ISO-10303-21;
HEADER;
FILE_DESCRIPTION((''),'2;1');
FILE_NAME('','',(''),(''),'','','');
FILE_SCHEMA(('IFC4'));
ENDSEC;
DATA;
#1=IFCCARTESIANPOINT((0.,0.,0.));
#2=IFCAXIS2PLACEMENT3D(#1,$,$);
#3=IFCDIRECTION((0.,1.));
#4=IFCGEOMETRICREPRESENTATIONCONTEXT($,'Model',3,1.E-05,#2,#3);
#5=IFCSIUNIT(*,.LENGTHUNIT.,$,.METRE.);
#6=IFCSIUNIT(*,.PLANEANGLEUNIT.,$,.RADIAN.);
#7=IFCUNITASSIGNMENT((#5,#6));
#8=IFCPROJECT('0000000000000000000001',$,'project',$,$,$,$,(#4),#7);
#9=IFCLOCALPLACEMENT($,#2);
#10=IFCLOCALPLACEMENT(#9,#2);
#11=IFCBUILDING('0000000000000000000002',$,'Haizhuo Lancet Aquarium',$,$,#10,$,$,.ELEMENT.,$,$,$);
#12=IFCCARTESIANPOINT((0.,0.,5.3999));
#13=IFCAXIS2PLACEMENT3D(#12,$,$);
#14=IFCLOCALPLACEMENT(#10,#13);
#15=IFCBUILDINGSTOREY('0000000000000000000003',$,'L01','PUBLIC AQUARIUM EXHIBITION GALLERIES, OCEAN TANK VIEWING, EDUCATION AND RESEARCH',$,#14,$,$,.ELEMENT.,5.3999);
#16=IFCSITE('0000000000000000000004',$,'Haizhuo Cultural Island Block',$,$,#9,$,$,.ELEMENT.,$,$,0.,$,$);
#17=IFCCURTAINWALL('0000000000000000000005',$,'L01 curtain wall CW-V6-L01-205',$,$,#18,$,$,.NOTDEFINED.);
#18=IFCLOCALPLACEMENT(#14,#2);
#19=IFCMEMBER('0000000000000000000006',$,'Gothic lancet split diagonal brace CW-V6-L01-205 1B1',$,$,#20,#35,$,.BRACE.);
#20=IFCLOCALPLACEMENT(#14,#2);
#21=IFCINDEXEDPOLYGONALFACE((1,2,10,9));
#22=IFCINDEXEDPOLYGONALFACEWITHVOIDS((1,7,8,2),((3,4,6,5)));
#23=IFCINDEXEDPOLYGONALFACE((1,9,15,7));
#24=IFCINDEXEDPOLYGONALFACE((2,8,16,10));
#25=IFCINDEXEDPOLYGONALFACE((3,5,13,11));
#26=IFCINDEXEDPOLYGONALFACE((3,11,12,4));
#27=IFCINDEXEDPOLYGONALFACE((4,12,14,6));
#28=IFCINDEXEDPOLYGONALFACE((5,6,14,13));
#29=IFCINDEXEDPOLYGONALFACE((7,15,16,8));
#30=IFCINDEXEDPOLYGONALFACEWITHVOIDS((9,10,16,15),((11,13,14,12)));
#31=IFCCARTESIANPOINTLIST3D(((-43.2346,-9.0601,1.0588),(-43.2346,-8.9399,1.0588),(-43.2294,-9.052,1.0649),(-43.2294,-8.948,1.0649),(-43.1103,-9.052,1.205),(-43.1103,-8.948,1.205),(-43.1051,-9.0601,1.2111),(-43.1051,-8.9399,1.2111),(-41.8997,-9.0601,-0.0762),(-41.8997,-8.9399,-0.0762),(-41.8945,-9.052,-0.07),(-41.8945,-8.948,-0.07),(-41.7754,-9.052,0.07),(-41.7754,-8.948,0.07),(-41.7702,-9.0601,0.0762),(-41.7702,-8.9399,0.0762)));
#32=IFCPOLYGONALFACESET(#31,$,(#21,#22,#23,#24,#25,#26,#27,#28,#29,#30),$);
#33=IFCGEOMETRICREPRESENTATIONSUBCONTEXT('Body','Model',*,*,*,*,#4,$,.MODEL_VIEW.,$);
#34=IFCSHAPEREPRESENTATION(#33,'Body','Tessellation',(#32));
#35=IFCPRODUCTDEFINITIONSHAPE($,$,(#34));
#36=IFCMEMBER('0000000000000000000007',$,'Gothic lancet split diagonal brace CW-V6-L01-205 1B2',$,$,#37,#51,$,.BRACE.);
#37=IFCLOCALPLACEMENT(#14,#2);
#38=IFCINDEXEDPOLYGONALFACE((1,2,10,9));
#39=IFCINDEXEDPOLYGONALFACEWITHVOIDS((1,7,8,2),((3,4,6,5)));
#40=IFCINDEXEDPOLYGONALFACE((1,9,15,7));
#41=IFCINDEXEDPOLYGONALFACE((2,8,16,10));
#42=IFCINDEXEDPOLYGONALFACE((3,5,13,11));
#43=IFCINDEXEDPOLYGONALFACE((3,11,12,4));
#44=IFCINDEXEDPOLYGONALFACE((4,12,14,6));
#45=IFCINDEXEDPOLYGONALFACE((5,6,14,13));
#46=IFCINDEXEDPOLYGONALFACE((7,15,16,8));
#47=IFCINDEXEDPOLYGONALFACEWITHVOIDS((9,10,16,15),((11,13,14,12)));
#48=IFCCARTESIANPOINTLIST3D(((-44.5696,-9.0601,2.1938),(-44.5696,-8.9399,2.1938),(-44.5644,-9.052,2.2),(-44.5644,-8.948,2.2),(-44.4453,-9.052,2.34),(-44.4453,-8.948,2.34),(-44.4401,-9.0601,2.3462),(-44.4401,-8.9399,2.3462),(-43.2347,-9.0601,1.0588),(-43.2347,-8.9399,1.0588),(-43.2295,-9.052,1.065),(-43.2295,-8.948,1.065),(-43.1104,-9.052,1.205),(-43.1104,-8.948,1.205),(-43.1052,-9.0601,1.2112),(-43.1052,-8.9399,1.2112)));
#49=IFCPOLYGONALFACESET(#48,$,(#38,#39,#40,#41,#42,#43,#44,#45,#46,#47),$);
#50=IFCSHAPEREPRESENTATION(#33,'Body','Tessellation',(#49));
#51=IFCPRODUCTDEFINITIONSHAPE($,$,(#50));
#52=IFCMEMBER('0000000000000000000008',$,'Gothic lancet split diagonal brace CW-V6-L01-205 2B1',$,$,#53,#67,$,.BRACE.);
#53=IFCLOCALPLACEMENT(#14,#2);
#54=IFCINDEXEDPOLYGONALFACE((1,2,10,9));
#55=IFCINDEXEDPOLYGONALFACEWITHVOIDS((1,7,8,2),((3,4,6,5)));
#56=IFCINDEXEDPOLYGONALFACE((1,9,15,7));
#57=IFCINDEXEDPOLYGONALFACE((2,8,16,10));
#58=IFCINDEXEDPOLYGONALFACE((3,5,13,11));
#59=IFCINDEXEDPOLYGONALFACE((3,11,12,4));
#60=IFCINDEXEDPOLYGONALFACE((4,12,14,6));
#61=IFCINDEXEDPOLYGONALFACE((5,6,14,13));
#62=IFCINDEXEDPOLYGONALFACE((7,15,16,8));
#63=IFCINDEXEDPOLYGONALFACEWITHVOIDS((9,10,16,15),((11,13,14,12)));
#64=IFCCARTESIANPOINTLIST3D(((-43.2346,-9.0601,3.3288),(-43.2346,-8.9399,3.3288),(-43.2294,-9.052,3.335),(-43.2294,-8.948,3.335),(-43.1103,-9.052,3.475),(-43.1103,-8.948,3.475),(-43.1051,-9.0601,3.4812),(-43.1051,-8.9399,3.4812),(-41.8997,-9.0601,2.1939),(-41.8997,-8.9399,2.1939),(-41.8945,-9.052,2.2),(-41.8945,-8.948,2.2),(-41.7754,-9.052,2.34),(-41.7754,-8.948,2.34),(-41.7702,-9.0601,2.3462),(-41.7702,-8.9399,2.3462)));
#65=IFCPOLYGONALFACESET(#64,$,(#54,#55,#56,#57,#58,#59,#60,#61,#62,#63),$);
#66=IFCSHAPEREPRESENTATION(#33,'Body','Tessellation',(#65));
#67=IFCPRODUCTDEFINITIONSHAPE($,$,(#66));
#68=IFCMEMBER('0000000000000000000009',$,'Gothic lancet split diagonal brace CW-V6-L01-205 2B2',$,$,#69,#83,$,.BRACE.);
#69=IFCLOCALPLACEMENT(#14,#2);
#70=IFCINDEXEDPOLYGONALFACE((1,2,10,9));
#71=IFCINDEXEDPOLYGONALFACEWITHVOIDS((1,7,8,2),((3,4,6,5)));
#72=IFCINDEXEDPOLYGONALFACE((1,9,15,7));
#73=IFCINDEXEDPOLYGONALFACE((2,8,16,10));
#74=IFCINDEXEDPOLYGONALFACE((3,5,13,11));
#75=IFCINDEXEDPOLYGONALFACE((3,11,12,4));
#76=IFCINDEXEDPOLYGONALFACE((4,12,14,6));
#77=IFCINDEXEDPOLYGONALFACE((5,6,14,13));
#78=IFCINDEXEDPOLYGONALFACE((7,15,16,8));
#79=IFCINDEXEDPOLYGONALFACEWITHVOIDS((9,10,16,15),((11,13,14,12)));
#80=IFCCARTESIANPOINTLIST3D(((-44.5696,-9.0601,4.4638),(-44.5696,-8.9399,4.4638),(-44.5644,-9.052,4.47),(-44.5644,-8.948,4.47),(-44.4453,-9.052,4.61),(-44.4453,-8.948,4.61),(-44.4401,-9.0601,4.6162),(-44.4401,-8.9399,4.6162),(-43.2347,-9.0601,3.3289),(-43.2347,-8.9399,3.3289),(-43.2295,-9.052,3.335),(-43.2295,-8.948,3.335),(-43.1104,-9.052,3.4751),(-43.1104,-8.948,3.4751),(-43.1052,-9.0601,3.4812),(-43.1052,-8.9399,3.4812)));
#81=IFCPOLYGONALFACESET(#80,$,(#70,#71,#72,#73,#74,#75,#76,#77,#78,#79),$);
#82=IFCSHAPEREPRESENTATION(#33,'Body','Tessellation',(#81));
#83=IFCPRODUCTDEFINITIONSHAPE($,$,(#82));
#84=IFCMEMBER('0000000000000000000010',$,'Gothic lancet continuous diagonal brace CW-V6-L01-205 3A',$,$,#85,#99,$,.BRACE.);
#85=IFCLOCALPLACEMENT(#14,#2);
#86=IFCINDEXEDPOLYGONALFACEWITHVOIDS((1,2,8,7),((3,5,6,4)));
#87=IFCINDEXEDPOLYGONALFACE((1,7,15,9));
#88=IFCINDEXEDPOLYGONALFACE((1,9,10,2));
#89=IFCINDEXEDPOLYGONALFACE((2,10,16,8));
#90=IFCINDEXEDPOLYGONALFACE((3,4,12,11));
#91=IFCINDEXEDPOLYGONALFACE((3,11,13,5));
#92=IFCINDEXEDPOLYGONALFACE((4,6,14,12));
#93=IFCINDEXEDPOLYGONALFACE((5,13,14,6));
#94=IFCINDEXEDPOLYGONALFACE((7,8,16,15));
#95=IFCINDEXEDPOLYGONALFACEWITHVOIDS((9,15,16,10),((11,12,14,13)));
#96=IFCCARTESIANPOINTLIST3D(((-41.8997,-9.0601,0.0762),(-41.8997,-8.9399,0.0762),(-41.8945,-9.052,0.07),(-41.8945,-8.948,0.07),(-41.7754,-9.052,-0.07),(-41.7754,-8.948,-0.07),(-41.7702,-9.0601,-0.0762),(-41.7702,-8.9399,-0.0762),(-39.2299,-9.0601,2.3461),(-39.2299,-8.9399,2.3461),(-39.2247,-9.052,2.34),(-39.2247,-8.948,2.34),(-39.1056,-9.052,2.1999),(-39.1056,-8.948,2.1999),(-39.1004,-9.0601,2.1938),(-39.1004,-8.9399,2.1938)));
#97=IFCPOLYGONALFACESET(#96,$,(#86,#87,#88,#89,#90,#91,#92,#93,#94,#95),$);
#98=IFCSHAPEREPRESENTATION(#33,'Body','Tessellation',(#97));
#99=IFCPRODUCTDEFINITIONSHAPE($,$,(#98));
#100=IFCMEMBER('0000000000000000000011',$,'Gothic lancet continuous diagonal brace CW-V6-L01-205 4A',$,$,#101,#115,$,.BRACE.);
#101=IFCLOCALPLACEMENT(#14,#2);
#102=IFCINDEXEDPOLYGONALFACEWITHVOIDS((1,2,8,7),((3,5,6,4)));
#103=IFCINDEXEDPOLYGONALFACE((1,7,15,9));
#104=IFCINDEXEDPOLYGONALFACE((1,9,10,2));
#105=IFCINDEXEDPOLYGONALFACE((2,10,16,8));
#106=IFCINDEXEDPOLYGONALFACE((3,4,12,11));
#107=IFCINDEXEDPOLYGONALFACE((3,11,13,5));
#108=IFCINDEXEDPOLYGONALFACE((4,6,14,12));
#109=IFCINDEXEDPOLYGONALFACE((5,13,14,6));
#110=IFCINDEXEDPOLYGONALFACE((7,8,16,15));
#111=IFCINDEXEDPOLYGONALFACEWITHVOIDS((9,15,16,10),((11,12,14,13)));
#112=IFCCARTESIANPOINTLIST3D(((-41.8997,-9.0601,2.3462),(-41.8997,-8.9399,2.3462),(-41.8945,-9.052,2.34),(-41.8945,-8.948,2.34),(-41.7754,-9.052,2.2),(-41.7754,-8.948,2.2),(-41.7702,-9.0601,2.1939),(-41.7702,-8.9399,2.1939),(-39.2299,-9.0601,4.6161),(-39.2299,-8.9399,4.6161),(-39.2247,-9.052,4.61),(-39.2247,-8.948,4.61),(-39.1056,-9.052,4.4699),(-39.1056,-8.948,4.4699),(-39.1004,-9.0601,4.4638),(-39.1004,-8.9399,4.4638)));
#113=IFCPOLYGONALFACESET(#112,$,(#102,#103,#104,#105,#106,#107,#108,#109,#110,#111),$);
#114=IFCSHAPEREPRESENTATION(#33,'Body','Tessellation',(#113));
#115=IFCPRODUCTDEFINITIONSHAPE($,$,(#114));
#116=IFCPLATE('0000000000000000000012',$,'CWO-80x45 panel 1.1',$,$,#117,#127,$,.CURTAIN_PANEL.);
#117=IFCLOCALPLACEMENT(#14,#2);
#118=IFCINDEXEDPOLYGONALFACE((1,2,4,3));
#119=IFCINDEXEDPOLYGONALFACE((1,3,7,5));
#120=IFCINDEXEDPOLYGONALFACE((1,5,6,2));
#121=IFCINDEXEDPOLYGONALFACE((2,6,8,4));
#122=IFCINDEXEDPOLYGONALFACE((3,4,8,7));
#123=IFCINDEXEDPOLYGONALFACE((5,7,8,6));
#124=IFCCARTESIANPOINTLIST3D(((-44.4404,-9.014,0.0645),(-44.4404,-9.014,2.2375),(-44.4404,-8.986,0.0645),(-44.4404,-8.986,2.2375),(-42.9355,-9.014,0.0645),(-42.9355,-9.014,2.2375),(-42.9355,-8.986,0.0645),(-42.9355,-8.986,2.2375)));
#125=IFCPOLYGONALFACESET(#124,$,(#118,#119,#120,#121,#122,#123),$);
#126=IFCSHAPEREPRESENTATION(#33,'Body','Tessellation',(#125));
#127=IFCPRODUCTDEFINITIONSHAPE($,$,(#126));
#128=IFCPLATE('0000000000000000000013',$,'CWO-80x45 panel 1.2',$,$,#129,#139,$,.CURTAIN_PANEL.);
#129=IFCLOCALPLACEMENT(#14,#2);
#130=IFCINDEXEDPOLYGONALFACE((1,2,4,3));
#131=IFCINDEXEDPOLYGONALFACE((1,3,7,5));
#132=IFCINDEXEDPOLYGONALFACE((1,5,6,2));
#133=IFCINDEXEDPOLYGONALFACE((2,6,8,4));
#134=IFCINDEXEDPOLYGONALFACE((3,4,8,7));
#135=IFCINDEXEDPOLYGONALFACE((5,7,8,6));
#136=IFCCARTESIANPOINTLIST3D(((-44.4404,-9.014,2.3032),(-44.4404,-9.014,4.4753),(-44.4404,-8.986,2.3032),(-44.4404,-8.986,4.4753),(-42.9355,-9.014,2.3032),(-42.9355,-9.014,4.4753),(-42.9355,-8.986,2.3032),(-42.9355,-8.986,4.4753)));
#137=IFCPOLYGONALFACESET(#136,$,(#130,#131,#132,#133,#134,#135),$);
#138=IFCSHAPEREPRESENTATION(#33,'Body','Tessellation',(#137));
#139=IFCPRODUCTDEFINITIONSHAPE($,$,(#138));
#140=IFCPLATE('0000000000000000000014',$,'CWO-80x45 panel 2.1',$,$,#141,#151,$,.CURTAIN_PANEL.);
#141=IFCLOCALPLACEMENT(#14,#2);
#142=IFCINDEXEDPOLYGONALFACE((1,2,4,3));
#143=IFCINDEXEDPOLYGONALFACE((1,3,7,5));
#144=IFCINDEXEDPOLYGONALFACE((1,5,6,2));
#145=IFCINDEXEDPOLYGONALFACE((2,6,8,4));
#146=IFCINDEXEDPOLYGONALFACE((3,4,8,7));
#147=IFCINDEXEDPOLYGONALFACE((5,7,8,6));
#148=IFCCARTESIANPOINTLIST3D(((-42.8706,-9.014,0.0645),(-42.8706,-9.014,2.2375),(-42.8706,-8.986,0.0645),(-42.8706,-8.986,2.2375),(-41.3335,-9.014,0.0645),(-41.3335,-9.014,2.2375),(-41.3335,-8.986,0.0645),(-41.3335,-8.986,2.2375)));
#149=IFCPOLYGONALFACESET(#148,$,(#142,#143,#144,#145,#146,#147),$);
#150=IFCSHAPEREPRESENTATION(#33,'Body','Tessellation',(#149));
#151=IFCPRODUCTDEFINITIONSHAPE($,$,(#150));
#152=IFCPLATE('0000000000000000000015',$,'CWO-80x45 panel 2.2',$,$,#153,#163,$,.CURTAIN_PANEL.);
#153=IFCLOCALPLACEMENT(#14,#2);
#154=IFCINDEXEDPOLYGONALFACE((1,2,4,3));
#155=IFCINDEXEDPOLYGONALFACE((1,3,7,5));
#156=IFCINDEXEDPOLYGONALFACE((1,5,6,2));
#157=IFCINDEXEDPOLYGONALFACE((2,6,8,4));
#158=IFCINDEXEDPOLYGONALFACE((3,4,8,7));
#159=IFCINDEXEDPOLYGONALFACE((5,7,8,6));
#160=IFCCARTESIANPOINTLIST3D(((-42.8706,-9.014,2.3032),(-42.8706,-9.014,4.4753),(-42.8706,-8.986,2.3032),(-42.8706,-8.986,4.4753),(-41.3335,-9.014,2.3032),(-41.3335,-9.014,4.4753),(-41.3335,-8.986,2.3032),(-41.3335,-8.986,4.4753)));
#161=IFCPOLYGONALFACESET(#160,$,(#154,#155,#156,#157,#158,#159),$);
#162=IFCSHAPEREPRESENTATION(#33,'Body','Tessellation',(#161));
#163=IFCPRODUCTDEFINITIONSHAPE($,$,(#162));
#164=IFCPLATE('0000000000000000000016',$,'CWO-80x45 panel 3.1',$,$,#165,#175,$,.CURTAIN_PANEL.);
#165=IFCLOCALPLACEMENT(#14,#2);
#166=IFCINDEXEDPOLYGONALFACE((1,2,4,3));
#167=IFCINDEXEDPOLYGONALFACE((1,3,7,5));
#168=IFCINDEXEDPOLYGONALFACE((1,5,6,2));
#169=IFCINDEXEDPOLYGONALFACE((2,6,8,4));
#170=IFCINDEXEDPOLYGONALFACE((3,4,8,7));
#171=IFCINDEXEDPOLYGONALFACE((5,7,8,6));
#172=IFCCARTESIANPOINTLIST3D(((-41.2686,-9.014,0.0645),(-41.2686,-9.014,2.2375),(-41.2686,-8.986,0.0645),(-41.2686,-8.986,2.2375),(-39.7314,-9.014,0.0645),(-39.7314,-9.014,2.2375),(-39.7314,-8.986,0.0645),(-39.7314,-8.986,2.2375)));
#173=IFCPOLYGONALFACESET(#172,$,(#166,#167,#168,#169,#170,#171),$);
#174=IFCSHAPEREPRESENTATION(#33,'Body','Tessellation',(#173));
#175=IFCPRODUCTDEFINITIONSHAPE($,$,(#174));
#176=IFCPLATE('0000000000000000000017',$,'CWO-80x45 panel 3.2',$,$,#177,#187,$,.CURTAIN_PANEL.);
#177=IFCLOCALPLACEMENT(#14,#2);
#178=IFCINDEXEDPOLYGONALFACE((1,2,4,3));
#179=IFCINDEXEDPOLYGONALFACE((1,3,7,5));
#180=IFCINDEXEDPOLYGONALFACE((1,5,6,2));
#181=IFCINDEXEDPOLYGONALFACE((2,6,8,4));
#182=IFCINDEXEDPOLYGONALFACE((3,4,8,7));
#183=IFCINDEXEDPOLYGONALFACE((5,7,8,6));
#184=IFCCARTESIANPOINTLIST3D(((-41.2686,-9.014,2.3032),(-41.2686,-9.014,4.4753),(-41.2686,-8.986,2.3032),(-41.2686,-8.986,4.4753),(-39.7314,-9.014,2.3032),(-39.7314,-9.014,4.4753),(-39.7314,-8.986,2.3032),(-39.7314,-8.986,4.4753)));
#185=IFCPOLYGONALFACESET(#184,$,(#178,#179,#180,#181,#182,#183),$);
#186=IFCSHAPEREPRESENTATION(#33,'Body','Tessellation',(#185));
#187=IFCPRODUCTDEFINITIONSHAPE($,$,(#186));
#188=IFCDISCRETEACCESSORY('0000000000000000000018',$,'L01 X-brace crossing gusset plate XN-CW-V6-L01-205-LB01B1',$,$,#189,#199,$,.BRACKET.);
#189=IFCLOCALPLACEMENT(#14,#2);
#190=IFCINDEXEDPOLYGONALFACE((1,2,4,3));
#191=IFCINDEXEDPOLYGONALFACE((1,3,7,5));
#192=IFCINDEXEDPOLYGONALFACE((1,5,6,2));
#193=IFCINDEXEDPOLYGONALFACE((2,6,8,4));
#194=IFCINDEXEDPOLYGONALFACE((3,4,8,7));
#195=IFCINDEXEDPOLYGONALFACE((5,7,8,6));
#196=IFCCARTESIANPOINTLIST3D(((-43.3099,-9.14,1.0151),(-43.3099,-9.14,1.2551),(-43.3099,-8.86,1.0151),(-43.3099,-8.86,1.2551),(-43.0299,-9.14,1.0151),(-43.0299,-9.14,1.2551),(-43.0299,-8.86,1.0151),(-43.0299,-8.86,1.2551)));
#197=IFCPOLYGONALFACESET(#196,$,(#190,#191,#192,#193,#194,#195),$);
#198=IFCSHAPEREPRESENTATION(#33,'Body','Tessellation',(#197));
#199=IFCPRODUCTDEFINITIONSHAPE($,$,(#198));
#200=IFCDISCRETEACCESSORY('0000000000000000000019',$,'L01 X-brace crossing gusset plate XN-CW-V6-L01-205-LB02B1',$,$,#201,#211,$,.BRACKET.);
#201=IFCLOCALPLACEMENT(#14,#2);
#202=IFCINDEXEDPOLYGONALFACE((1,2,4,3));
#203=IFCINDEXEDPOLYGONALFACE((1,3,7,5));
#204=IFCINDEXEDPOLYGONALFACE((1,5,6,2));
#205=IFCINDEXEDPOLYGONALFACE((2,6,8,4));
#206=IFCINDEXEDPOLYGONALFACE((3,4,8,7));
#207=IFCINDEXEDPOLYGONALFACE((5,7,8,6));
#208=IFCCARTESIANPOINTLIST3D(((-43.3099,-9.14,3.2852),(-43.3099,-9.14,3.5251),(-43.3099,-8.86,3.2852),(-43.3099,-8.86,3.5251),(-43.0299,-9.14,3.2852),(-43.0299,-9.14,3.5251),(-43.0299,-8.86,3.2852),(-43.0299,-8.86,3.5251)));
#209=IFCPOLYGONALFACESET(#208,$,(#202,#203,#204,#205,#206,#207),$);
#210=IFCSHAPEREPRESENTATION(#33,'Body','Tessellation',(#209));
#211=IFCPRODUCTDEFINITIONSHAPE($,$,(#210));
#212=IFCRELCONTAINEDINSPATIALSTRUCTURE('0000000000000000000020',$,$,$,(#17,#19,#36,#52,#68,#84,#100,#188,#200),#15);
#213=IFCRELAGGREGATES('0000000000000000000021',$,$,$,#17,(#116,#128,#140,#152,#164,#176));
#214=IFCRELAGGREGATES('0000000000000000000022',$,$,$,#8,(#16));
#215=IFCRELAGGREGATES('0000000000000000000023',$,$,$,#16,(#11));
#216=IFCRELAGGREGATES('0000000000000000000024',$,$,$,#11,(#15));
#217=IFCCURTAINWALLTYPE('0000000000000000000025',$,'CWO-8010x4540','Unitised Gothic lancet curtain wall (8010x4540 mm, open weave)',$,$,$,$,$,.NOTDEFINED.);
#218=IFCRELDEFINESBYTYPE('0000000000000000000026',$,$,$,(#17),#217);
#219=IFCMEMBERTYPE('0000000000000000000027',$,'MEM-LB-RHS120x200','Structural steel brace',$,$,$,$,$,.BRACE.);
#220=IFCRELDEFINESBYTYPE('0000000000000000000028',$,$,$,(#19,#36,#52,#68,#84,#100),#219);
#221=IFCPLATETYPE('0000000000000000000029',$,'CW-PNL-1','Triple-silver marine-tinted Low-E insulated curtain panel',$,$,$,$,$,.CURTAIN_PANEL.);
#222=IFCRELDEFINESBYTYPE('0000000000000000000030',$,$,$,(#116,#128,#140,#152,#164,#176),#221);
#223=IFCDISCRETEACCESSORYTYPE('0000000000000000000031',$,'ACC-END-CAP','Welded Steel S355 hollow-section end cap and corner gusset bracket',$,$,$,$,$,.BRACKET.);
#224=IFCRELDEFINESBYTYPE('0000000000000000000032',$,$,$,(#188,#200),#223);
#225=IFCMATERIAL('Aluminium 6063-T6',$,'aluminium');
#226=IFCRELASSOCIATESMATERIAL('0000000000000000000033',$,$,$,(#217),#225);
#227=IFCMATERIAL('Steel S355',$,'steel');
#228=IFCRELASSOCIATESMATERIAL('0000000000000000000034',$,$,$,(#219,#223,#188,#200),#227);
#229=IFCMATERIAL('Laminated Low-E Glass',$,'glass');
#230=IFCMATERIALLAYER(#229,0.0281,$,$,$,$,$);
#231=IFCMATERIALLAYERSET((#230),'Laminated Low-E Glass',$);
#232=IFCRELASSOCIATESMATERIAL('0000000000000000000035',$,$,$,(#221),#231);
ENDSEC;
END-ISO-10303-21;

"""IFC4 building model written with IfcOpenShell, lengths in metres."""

from ifc_helpers import new_model, si_unit, direction, frame, origin, origin_2d, place, context, subcontext, project, spatial, rectangle, hollow_rectangle, extrude, material, layer, layer_set, material_profile, profile_set, type_object, element, aggregate, save


model = new_model("IFC4")

# Units and contexts
model_context = context("Model", 3, precision=1e-05, world=origin(), true_north=direction((0.0, 1.0)))
body_context = subcontext(model_context, "Body", "Model", "MODEL_VIEW")
ifc_project = project(units=[si_unit("LENGTHUNIT", "METRE"), si_unit("PLANEANGLEUNIT", "RADIAN")], contexts=[model_context])

# Site, building, storey
site_placement = place(None, origin())
site = spatial("IfcSite", under=ifc_project, at=site_placement, Name="Haizhuo Cultural Island Block", CompositionType="ELEMENT", RefElevation=0.0)
building_placement = place(site_placement, origin())
building = spatial("IfcBuilding", under=site, at=building_placement, Name="Haizhuo Lancet Aquarium", CompositionType="ELEMENT")
storey_placement = place(building_placement, frame((0.0, 0.0, 5.3999)))
storey = spatial("IfcBuildingStorey", under=building, at=storey_placement, Name="L01", Description="PUBLIC AQUARIUM EXHIBITION GALLERIES, OCEAN TANK VIEWING, EDUCATION AND RESEARCH", CompositionType="ELEMENT", Elevation=5.3999)

# Curtain wall
ifc_material_1 = material(Name="Aluminium 6063-T6", Category="aluminium")
curtain_wall_type = type_object("IfcCurtainWallType", Name="CWO-8010x4540", Description="Unitised Gothic lancet curtain wall (8010x4540 mm, open weave)", PredefinedType="NOTDEFINED", material=ifc_material_1)
curtain_wall_placement = place(storey_placement, origin())
curtain_wall = element("IfcCurtainWall", 1, at=curtain_wall_placement, inside=storey, type_object=curtain_wall_type, Name="L01 curtain wall CW-V6-L01-205", PredefinedType="NOTDEFINED")

# Members
ifc_material_2 = material(Name="Steel S355", Category="steel")
ifc_material_profile_1 = material_profile(ifc_material_2, hollow_rectangle(XDim=0.1201, YDim=0.2, WallThickness=0.0081, at=origin_2d()), Name="RHS 120x200x8")
ifc_profile_set_1 = profile_set([ifc_material_profile_1], Name="Steel S355")
member_type_1 = type_object("IfcMemberType", Name="MEM-LB-RHS120x200", Description="Structural steel brace", PredefinedType="BRACE", material=ifc_profile_set_1)
for number, where, z_axis, x_axis, name in (
    (2, (-41.835, -9.0, 0.0), (-0.761857, 0.0, 0.647745), (0.0, -1.0, 0.0), "Gothic lancet split diagonal brace CW-V6-L01-205 1B1"),
    (3, (-43.1699, -9.0, 1.135), (-0.761857, 0.0, 0.647745), (0.0, -1.0, 0.0), "Gothic lancet split diagonal brace CW-V6-L01-205 1B2"),
    (4, (-41.835, -9.0, 2.27), (-0.761857, 0.0, 0.647745), (0.0, -1.0, 0.0), "Gothic lancet split diagonal brace CW-V6-L01-205 2B1"),
    (5, (-43.1699, -9.0, 3.405), (-0.761857, 0.0, 0.647745), (0.0, -1.0, 0.0), "Gothic lancet split diagonal brace CW-V6-L01-205 2B2"),
):
    element("IfcMember", number, at=place(storey_placement, frame(where, z_axis=z_axis, x_axis=x_axis)), inside=storey, type_object=member_type_1, Name=name, PredefinedType="BRACE", context=body_context, shape_type="SweptSolid", body=[
        extrude(hollow_rectangle(XDim=0.1201, YDim=0.2, WallThickness=0.0081, at=origin_2d()), origin(), (0.0, 0.0, 1.0), 1.7522),
    ])
for number, where, z_axis, x_axis, name in (
    (6, (-41.835, -9.0, 0.0), (0.761857, 0.0, 0.647745), (0.0, 1.0, 0.0), "Gothic lancet continuous diagonal brace CW-V6-L01-205 3A"),
    (7, (-41.835, -9.0, 2.27), (0.761857, 0.0, 0.647745), (0.0, 1.0, 0.0), "Gothic lancet continuous diagonal brace CW-V6-L01-205 4A"),
):
    element("IfcMember", number, at=place(storey_placement, frame(where, z_axis=z_axis, x_axis=x_axis)), inside=storey, type_object=member_type_1, Name=name, PredefinedType="BRACE", context=body_context, shape_type="SweptSolid", body=[
        extrude(hollow_rectangle(XDim=0.1201, YDim=0.2, WallThickness=0.0081, at=origin_2d()), origin(), (0.0, 0.0, 1.0), 3.5044),
    ])

# Plates
ifc_material_3 = material(Name="Laminated Low-E Glass", Category="glass")
ifc_layer = layer(ifc_material_3, 0.0281)
ifc_layer_set = layer_set([ifc_layer], Name="Laminated Low-E Glass")
plate_type = type_object("IfcPlateType", Name="CW-PNL-1", Description="Triple-silver marine-tinted Low-E insulated curtain panel", PredefinedType="CURTAIN_PANEL", material=ifc_layer_set)
plate_1_placement = place(storey_placement, frame((-43.688, -9.0, 0.0645), z_axis=(0.0, 0.0, 1.0), x_axis=(1.0, 0.0, 0.0)))
plate_1 = element("IfcPlate", 8, at=plate_1_placement, type_object=plate_type, Name="CWO-80x45 panel 1.1", PredefinedType="CURTAIN_PANEL", context=body_context, shape_type="SweptSolid", body=[
    extrude(rectangle(XDim=1.5049, YDim=0.0281, at=origin_2d()), origin(), (0.0, 0.0, 1.0), 2.1731),
])
plate_2_placement = place(storey_placement, frame((-43.688, -9.0, 2.3032), z_axis=(0.0, 0.0, 1.0), x_axis=(1.0, 0.0, 0.0)))
plate_2 = element("IfcPlate", 9, at=plate_2_placement, type_object=plate_type, Name="CWO-80x45 panel 1.2", PredefinedType="CURTAIN_PANEL", context=body_context, shape_type="SweptSolid", body=[
    extrude(rectangle(XDim=1.5049, YDim=0.0281, at=origin_2d()), origin(), (0.0, 0.0, 1.0), 2.1721),
])
plate_3_placement = place(storey_placement, frame((-42.1021, -9.0, 0.0645), z_axis=(0.0, 0.0, 1.0), x_axis=(1.0, 0.0, 0.0)))
plate_3 = element("IfcPlate", 10, at=plate_3_placement, type_object=plate_type, Name="CWO-80x45 panel 2.1", PredefinedType="CURTAIN_PANEL", context=body_context, shape_type="SweptSolid", body=[
    extrude(rectangle(XDim=1.5371, YDim=0.0281, at=origin_2d()), origin(), (0.0, 0.0, 1.0), 2.1731),
])
plate_4_placement = place(storey_placement, frame((-42.1021, -9.0, 2.3032), z_axis=(0.0, 0.0, 1.0), x_axis=(1.0, 0.0, 0.0)))
plate_4 = element("IfcPlate", 11, at=plate_4_placement, type_object=plate_type, Name="CWO-80x45 panel 2.2", PredefinedType="CURTAIN_PANEL", context=body_context, shape_type="SweptSolid", body=[
    extrude(rectangle(XDim=1.5371, YDim=0.0281, at=origin_2d()), origin(), (0.0, 0.0, 1.0), 2.1721),
])
plate_5_placement = place(storey_placement, frame((-40.5, -9.0, 0.0645), z_axis=(0.0, 0.0, 1.0), x_axis=(1.0, 0.0, 0.0)))
plate_5 = element("IfcPlate", 12, at=plate_5_placement, type_object=plate_type, Name="CWO-80x45 panel 3.1", PredefinedType="CURTAIN_PANEL", context=body_context, shape_type="SweptSolid", body=[
    extrude(rectangle(XDim=1.5371, YDim=0.0281, at=origin_2d()), origin(), (0.0, 0.0, 1.0), 2.1731),
])
plate_6_placement = place(storey_placement, frame((-40.5, -9.0, 2.3032), z_axis=(0.0, 0.0, 1.0), x_axis=(1.0, 0.0, 0.0)))
plate_6 = element("IfcPlate", 13, at=plate_6_placement, type_object=plate_type, Name="CWO-80x45 panel 3.2", PredefinedType="CURTAIN_PANEL", context=body_context, shape_type="SweptSolid", body=[
    extrude(rectangle(XDim=1.5371, YDim=0.0281, at=origin_2d()), origin(), (0.0, 0.0, 1.0), 2.1721),
])
aggregate(curtain_wall, [plate_1, plate_2, plate_3, plate_4, plate_5, plate_6])

# Discrete accessories
discrete_accessory_type = type_object("IfcDiscreteAccessoryType", Name="ACC-END-CAP", Description="Welded Steel S355 hollow-section end cap and corner gusset bracket", PredefinedType="BRACKET", material=ifc_material_2)
for number, where, z_axis, x_axis, name in (
    (14, (-43.1699, -9.0, 1.0151), (0.0, 0.0, 1.0), (1.0, 0.0, 0.0), "L01 X-brace crossing gusset plate XN-CW-V6-L01-205-LB01B1"),
    (15, (-43.1699, -9.0, 3.2852), (0.0, 0.0, 1.0), (1.0, 0.0, 0.0), "L01 X-brace crossing gusset plate XN-CW-V6-L01-205-LB02B1"),
):
    element("IfcDiscreteAccessory", number, at=place(storey_placement, frame(where, z_axis=z_axis, x_axis=x_axis)), inside=storey, type_object=discrete_accessory_type, material=ifc_material_2, Name=name, PredefinedType="BRACKET", context=body_context, shape_type="SweptSolid", body=[
        extrude(rectangle(XDim=0.28, YDim=0.28, at=origin_2d()), origin(), (0.0, 0.0, 1.0), 0.24),
    ])

save(model, "model.ifc")
